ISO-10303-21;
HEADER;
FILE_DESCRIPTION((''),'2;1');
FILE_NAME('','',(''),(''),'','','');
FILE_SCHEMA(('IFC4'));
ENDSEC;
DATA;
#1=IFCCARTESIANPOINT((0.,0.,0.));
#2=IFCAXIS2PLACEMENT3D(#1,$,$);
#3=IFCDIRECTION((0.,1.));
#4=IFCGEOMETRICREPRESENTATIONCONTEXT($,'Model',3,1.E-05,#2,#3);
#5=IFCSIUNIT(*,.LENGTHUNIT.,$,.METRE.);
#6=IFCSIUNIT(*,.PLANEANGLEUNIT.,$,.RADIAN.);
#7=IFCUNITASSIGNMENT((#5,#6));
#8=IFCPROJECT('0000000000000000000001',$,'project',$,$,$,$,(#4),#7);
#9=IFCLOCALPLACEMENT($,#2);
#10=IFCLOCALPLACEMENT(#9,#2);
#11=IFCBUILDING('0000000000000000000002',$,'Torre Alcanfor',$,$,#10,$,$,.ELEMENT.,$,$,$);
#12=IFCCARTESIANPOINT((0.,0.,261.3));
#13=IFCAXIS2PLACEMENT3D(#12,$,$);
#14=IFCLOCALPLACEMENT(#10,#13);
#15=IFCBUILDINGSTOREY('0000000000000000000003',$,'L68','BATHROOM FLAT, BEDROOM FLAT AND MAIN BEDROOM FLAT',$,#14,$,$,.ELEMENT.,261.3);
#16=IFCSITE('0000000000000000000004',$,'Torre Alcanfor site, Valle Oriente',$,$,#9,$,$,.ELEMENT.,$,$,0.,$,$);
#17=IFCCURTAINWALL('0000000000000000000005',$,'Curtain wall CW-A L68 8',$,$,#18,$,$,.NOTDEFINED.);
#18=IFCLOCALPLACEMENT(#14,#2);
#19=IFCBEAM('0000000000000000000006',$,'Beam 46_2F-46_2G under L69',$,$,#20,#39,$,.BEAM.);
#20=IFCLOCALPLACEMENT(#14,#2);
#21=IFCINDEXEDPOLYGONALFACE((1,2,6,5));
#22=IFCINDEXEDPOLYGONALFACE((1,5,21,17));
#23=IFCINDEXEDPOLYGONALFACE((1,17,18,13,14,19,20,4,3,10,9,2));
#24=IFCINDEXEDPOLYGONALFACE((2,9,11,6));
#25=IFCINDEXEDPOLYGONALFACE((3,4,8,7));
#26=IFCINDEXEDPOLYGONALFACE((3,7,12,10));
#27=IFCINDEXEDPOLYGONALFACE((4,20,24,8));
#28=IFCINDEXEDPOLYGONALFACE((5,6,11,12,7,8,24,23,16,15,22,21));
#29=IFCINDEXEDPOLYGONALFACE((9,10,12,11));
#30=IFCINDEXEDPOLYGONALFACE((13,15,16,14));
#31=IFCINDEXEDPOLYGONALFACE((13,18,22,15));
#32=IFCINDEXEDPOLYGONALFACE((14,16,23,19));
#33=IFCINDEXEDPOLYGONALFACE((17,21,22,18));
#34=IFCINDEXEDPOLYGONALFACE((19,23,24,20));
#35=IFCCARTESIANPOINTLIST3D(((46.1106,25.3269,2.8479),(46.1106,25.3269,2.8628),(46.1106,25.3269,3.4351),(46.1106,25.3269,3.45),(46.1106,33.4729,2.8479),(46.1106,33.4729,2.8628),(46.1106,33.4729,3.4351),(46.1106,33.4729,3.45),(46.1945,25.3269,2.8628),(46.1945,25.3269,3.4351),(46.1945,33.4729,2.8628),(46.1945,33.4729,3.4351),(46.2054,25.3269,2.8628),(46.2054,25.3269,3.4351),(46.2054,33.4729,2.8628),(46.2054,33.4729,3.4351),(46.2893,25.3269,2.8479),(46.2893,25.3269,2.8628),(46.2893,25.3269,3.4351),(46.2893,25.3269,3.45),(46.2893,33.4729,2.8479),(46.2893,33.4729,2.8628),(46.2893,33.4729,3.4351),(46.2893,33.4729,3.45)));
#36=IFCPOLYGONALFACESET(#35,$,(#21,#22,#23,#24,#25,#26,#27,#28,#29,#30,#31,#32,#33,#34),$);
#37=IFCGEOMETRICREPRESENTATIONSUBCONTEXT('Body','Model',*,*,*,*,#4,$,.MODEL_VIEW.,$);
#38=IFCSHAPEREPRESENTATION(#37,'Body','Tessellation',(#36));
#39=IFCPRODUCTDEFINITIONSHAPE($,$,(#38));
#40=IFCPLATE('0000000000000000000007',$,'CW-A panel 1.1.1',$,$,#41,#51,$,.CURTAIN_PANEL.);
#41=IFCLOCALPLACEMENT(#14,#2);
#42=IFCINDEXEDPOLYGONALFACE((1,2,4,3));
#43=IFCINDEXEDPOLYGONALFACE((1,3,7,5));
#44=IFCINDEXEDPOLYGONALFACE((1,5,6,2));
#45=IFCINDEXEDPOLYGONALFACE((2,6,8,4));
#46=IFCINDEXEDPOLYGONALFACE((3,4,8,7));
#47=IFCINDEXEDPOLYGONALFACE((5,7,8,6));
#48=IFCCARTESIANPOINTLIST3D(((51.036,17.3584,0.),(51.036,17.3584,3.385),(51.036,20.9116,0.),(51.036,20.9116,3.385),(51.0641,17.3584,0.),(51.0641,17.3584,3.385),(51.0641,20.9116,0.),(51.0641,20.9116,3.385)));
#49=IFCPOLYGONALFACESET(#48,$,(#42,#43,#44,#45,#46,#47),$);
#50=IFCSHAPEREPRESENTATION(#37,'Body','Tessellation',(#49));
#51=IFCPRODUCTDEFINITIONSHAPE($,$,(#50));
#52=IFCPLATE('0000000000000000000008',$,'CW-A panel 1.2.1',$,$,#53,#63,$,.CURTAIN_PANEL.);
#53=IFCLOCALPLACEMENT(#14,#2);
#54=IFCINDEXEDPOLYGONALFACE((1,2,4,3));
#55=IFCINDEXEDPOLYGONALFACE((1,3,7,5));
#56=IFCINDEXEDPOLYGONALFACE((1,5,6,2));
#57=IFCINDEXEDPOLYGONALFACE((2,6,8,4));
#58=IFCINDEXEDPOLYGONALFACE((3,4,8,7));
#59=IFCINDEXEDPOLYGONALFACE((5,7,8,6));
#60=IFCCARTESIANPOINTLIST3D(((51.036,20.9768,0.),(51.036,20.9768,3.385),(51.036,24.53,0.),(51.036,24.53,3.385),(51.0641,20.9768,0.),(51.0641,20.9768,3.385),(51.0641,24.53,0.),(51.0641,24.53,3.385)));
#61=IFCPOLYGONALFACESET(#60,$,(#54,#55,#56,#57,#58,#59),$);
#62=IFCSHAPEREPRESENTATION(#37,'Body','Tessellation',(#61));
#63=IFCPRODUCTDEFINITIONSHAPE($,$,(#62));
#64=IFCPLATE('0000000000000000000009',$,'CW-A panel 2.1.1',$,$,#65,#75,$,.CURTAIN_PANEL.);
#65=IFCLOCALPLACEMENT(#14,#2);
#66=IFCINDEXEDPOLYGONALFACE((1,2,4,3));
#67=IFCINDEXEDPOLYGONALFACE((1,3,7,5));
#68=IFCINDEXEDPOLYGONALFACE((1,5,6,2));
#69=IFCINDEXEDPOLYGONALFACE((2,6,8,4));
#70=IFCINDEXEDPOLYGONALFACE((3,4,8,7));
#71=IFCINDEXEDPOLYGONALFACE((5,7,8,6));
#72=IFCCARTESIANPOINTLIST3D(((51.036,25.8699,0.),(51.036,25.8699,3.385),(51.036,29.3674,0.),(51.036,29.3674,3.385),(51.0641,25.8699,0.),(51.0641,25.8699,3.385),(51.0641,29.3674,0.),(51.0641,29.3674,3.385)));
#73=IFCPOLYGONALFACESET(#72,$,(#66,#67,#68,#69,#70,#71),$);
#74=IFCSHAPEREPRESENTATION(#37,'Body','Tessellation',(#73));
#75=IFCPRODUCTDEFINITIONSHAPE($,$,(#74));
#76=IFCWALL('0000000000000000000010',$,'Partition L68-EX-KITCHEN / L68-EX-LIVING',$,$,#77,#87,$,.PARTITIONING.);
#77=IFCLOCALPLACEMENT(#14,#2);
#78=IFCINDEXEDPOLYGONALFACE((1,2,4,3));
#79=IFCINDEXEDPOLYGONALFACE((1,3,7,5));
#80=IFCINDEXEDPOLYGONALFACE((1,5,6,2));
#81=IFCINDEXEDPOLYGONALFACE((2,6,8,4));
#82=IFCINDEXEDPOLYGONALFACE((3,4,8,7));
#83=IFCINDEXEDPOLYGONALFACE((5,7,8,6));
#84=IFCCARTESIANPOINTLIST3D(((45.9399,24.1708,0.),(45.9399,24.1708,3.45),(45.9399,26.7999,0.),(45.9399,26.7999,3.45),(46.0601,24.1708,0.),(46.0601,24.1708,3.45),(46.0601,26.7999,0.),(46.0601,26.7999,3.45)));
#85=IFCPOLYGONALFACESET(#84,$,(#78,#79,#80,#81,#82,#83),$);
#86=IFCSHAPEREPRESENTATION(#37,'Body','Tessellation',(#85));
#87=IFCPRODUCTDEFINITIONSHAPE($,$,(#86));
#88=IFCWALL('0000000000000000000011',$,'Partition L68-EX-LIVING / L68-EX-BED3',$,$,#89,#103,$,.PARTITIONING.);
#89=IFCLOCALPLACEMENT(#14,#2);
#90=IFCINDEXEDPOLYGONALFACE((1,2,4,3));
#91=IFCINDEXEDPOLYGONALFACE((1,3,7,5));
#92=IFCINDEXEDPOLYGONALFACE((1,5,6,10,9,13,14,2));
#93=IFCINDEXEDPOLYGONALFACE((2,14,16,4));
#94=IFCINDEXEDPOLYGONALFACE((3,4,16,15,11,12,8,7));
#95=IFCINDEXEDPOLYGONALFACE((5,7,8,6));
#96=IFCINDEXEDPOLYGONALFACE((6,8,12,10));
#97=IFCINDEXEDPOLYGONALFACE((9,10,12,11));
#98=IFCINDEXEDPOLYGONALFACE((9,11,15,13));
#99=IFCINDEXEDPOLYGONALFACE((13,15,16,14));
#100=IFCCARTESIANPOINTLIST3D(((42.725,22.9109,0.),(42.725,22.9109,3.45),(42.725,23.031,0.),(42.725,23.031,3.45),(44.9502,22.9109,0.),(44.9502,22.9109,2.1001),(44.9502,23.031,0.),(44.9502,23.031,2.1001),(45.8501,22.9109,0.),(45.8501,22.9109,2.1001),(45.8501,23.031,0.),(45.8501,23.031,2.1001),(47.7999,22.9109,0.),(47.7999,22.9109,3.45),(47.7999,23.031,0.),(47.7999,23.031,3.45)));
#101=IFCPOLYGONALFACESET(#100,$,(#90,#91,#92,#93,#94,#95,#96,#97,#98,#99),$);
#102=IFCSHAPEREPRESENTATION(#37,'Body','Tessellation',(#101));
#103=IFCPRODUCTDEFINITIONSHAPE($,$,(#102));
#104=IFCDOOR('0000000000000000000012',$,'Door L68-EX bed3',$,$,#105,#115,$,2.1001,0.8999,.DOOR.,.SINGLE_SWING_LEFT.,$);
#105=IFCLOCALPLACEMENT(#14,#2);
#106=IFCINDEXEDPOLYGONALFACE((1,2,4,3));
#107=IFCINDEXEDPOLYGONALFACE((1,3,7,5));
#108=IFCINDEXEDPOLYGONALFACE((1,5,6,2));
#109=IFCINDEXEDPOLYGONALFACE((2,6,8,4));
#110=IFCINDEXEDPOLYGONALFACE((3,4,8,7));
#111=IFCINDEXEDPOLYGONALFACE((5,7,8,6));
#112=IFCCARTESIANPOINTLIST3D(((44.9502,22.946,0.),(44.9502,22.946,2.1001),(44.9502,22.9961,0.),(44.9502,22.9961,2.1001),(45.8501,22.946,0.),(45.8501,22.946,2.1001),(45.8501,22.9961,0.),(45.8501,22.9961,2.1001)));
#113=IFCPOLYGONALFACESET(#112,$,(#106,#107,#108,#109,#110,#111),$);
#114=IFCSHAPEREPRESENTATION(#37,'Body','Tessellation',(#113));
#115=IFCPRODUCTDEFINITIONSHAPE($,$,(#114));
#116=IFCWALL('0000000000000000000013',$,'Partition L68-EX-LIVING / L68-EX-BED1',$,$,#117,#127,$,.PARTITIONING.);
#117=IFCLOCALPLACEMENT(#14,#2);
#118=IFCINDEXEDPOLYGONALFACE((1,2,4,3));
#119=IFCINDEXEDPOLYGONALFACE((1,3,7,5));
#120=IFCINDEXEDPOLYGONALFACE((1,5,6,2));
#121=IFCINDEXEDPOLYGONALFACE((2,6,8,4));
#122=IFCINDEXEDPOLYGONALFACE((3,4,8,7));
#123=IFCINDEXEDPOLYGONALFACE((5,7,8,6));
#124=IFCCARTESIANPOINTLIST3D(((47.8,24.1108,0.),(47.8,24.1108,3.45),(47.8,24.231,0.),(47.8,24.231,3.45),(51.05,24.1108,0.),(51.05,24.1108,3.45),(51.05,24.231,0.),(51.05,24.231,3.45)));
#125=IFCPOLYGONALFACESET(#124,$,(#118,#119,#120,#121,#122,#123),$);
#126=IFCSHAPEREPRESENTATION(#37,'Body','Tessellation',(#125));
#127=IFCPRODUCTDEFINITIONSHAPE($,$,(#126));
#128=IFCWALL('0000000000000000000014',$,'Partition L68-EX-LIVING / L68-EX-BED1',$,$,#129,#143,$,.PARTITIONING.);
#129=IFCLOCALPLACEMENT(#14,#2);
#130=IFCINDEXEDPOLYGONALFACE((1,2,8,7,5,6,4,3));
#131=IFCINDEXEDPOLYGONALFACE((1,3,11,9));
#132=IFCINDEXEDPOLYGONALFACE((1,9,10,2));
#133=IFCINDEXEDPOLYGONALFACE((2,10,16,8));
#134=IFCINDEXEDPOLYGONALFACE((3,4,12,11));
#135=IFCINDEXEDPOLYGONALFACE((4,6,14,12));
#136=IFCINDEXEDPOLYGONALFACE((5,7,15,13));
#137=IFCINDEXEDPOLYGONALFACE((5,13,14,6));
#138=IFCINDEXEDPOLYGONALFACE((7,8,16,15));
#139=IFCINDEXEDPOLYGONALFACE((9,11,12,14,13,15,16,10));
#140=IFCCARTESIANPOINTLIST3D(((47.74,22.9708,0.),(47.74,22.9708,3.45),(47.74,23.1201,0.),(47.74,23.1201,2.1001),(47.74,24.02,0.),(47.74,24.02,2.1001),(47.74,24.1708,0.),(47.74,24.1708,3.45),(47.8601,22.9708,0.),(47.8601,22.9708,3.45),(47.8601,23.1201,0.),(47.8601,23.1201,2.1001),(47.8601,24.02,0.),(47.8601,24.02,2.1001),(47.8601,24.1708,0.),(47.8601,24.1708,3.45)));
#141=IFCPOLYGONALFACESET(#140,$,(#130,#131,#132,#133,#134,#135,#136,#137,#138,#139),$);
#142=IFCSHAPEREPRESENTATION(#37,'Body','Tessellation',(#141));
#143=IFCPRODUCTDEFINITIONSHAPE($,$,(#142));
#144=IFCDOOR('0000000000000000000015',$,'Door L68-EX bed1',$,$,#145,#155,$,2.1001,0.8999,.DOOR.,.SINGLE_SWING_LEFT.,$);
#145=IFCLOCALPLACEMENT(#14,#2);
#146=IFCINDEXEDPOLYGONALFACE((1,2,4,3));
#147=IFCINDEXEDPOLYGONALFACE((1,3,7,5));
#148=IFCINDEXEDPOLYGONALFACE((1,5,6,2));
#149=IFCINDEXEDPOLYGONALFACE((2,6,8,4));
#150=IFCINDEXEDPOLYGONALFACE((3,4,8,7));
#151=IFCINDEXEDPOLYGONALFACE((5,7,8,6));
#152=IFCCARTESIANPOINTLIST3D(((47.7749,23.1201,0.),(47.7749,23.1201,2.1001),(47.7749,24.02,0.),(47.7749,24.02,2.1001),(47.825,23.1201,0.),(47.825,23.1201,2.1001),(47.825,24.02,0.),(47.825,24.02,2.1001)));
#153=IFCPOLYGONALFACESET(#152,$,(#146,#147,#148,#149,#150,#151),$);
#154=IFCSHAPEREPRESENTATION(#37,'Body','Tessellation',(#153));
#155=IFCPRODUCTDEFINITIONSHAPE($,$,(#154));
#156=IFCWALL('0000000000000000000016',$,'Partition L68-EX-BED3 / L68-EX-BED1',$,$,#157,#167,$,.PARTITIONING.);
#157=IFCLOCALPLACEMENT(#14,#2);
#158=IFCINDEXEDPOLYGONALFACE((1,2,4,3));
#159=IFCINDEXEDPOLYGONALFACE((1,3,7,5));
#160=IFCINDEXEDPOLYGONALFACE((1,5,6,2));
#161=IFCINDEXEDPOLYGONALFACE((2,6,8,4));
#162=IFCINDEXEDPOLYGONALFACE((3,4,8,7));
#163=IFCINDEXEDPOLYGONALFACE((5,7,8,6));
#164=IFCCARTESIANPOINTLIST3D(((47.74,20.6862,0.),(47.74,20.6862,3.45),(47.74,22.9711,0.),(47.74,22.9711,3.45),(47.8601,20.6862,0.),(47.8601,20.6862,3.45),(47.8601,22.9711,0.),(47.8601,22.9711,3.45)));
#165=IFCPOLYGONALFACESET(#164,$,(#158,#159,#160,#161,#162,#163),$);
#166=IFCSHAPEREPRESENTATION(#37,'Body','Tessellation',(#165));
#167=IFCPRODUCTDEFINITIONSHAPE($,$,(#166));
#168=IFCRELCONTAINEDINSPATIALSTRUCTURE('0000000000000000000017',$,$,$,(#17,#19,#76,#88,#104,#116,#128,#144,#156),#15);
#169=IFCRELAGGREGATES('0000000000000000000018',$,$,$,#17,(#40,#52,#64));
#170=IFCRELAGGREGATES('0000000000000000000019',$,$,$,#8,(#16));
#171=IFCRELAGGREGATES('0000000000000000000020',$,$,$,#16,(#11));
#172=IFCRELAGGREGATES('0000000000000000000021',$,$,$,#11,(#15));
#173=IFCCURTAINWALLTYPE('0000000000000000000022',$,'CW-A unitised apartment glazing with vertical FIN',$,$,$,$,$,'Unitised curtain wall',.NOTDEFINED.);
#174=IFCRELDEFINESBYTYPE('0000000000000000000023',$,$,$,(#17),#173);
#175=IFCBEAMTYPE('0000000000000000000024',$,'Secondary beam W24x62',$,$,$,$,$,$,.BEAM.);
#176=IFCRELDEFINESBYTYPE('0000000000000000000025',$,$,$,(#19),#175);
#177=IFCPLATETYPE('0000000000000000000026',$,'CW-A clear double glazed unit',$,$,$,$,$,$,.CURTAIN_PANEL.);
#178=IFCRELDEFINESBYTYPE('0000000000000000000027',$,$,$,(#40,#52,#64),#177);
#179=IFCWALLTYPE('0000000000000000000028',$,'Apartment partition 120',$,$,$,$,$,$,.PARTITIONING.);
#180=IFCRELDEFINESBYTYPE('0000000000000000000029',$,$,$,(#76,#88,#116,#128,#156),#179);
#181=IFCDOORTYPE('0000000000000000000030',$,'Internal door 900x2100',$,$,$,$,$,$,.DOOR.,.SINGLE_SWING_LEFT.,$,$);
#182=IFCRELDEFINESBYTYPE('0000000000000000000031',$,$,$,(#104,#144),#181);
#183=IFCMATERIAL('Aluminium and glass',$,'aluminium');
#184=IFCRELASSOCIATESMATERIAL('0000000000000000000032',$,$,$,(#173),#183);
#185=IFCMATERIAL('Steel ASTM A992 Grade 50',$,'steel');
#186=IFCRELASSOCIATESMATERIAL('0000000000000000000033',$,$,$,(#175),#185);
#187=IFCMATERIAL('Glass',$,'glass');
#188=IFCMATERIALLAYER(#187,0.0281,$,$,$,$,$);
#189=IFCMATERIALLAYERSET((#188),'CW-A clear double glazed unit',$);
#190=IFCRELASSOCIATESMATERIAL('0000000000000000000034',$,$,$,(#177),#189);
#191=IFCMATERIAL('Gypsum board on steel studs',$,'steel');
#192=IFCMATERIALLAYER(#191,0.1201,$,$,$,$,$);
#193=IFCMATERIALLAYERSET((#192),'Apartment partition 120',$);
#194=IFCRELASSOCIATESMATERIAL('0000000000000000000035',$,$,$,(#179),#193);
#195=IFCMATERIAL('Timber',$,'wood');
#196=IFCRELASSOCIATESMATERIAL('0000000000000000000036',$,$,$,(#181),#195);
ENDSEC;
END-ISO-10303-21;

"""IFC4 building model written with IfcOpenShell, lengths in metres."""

from ifc_helpers import new_model, si_unit, direction, frame, frame_2d, origin, origin_2d, place, context, subcontext, project, spatial, rectangle, i_section, extrude, material, layer, layer_set, material_profile, profile_set, type_object, element, fill, aggregate, save


model = new_model("IFC4")

# Units and contexts
model_context = context("Model", 3, precision=1e-05, world=origin(), true_north=direction((0.0, 1.0)))
body_context = subcontext(model_context, "Body", "Model", "MODEL_VIEW")
ifc_project = project(units=[si_unit("LENGTHUNIT", "METRE"), si_unit("PLANEANGLEUNIT", "RADIAN")], contexts=[model_context])

# Site, building, storey
site_placement = place(None, origin())
site = spatial("IfcSite", under=ifc_project, at=site_placement, Name="Torre Alcanfor site, Valle Oriente", CompositionType="ELEMENT", RefElevation=0.0)
building_placement = place(site_placement, origin())
building = spatial("IfcBuilding", under=site, at=building_placement, Name="Torre Alcanfor", CompositionType="ELEMENT")
storey_placement = place(building_placement, frame((0.0, 0.0, 261.3)))
storey = spatial("IfcBuildingStorey", under=building, at=storey_placement, Name="L68", Description="BATHROOM FLAT, BEDROOM FLAT AND MAIN BEDROOM FLAT", CompositionType="ELEMENT", Elevation=261.3)

# Curtain wall
ifc_material_1 = material(Name="Aluminium and glass", Category="aluminium")
curtain_wall_type = type_object("IfcCurtainWallType", Name="CW-A unitised apartment glazing with vertical FIN", ElementType="Unitised curtain wall", PredefinedType="NOTDEFINED", material=ifc_material_1)
curtain_wall_placement = place(storey_placement, origin())
curtain_wall = element("IfcCurtainWall", 1, at=curtain_wall_placement, inside=storey, type_object=curtain_wall_type, Name="Curtain wall CW-A L68 8", PredefinedType="NOTDEFINED")

# Beam
ifc_material_2 = material(Name="Steel ASTM A992 Grade 50", Category="steel")
ifc_material_profile_1 = material_profile(ifc_material_2, i_section(OverallWidth=0.1787, OverallDepth=0.6021, WebThickness=0.011, FlangeThickness=0.0149, at=origin_2d()), Name="W24x62")
ifc_profile_set_1 = profile_set([ifc_material_profile_1], Name="Steel ASTM A992 Grade 50")
beam_type_1 = type_object("IfcBeamType", Name="Secondary beam W24x62", PredefinedType="BEAM", material=ifc_profile_set_1)
beam_1_placement = place(storey_placement, frame((46.2, 25.3269, 3.1489), z_axis=(0.0, 1.0, 0.0), x_axis=(-1.0, 0.0, 0.0)))
element("IfcBeam", 2, at=beam_1_placement, inside=storey, type_object=beam_type_1, Name="Beam 46_2F-46_2G under L69", PredefinedType="BEAM", context=body_context, shape_type="SweptSolid", body=[
    extrude(i_section(OverallWidth=0.1787, OverallDepth=0.6021, WebThickness=0.011, FlangeThickness=0.0149, at=origin_2d()), origin(), (0.0, 0.0, 1.0), 8.146),
])

# Plates
ifc_material_3 = material(Name="Glass", Category="glass")
ifc_layer_1 = layer(ifc_material_3, 0.0281)
ifc_layer_set_1 = layer_set([ifc_layer_1], Name="CW-A clear double glazed unit")
plate_type = type_object("IfcPlateType", Name="CW-A clear double glazed unit", PredefinedType="CURTAIN_PANEL", material=ifc_layer_set_1)
plate_1_placement = place(storey_placement, frame((51.05, 19.135, 0.0), z_axis=(0.0, 0.0, 1.0), x_axis=(0.0, 1.0, 0.0)))
plate_1 = element("IfcPlate", 3, at=plate_1_placement, type_object=plate_type, Name="CW-A panel 1.1.1", PredefinedType="CURTAIN_PANEL", context=body_context, shape_type="SweptSolid", body=[
    extrude(rectangle(XDim=3.5532, YDim=0.0281, at=origin_2d()), origin(), (0.0, 0.0, 1.0), 3.385),
])
plate_2_placement = place(storey_placement, frame((51.05, 22.7534, 0.0), z_axis=(0.0, 0.0, 1.0), x_axis=(0.0, 1.0, 0.0)))
plate_2 = element("IfcPlate", 4, at=plate_2_placement, type_object=plate_type, Name="CW-A panel 1.2.1", PredefinedType="CURTAIN_PANEL", context=body_context, shape_type="SweptSolid", body=[
    extrude(rectangle(XDim=3.5532, YDim=0.0281, at=origin_2d()), origin(), (0.0, 0.0, 1.0), 3.385),
])
plate_3_placement = place(storey_placement, frame((51.05, 27.6187, 0.0), z_axis=(0.0, 0.0, 1.0), x_axis=(0.0, 1.0, 0.0)))
plate_3 = element("IfcPlate", 5, at=plate_3_placement, type_object=plate_type, Name="CW-A panel 2.1.1", PredefinedType="CURTAIN_PANEL", context=body_context, shape_type="SweptSolid", body=[
    extrude(rectangle(XDim=3.4976, YDim=0.0281, at=origin_2d()), origin(), (0.0, 0.0, 1.0), 3.385),
])
aggregate(curtain_wall, [plate_1, plate_2, plate_3])

# Wall
ifc_material_4 = material(Name="Gypsum board on steel studs", Category="steel")
ifc_layer_2 = layer(ifc_material_4, 0.1201)
ifc_layer_set_2 = layer_set([ifc_layer_2], Name="Apartment partition 120")
wall_type_1 = type_object("IfcWallType", Name="Apartment partition 120", PredefinedType="PARTITIONING", material=ifc_layer_set_2)
wall_1_placement = place(storey_placement, frame((46.0, 24.1709, 0.0), z_axis=(0.0, 0.0, 1.0), x_axis=(0.0, 1.0, 0.0)))
element("IfcWall", 6, at=wall_1_placement, inside=storey, type_object=wall_type_1, Name="Partition L68-EX-KITCHEN / L68-EX-LIVING", PredefinedType="PARTITIONING", context=body_context, shape_type="SweptSolid", body=[
    extrude(rectangle(XDim=2.6292, YDim=0.1201, at=frame_2d((1.3145, 0.0))), origin(), (0.0, 0.0, 1.0), 3.45),
])

# Wall, opening, door
wall_2_placement = place(storey_placement, frame((47.8, 22.9709, 0.0), z_axis=(0.0, 0.0, 1.0), x_axis=(-1.0, 0.0, 0.0)))
wall_2 = element("IfcWall", 7, at=wall_2_placement, inside=storey, type_object=wall_type_1, Name="Partition L68-EX-LIVING / L68-EX-BED3", PredefinedType="PARTITIONING", context=body_context, shape_type="SweptSolid", body=[
    extrude(rectangle(XDim=5.075, YDim=0.1201, at=frame_2d((2.5376, 0.0))), origin(), (0.0, 0.0, 1.0), 3.45),
])
opening_1_placement = place(wall_2_placement, frame((1.95, 0.0, 0.0)))
opening_1 = element("IfcOpeningElement", 8, at=opening_1_placement, cuts=wall_2, PredefinedType="OPENING", context=body_context, shape_type="SweptSolid", body=[
    extrude(rectangle(XDim=0.8999, YDim=2.1001, at=frame_2d((0.45, 1.05))), frame((0.0, 0.0701, 0.0), z_axis=(0.0, -1.0, 0.0), x_axis=(1.0, 0.0, 0.0)), (0.0, 0.0, 1.0), 0.1401),
])
ifc_material_5 = material(Name="Timber", Category="wood")
door_type_1 = type_object("IfcDoorType", Name="Internal door 900x2100", OperationType="SINGLE_SWING_LEFT", PredefinedType="DOOR", material=ifc_material_5)
door_1_placement = place(opening_1_placement, origin())
door_1 = element("IfcDoor", 9, at=door_1_placement, inside=storey, type_object=door_type_1, Name="Door L68-EX bed3", OperationType="SINGLE_SWING_LEFT", OverallHeight=2.1001, OverallWidth=0.8999, PredefinedType="DOOR", context=body_context, shape_type="SweptSolid", body=[
    extrude(rectangle(XDim=0.8999, YDim=2.1001, at=frame_2d((0.45, 1.05))), frame((0.0, 0.0249, 0.0), z_axis=(0.0, -1.0, 0.0), x_axis=(1.0, 0.0, 0.0)), (0.0, 0.0, 1.0), 0.05),
])
fill(opening_1, door_1)

# Wall
wall_3_placement = place(storey_placement, frame((51.05, 24.1709, 0.0), z_axis=(0.0, 0.0, 1.0), x_axis=(-1.0, 0.0, 0.0)))
element("IfcWall", 10, at=wall_3_placement, inside=storey, type_object=wall_type_1, Name="Partition L68-EX-LIVING / L68-EX-BED1", PredefinedType="PARTITIONING", context=body_context, shape_type="SweptSolid", body=[
    extrude(rectangle(XDim=3.25, YDim=0.1201, at=frame_2d((1.625, 0.0))), origin(), (0.0, 0.0, 1.0), 3.45),
])

# Wall, opening, door
wall_4_placement = place(storey_placement, frame((47.8, 24.1709, 0.0), z_axis=(0.0, 0.0, 1.0), x_axis=(0.0, -1.0, 0.0)))
wall_4 = element("IfcWall", 11, at=wall_4_placement, inside=storey, type_object=wall_type_1, Name="Partition L68-EX-LIVING / L68-EX-BED1", PredefinedType="PARTITIONING", context=body_context, shape_type="SweptSolid", body=[
    extrude(rectangle(XDim=1.2, YDim=0.1201, at=frame_2d((0.6001, 0.0))), origin(), (0.0, 0.0, 1.0), 3.45),
])
opening_2_placement = place(wall_4_placement, frame((0.1509, 0.0, 0.0)))
opening_2 = element("IfcOpeningElement", 12, at=opening_2_placement, cuts=wall_4, PredefinedType="OPENING", context=body_context, shape_type="SweptSolid", body=[
    extrude(rectangle(XDim=0.8999, YDim=2.1001, at=frame_2d((0.45, 1.05))), frame((0.0, 0.0701, 0.0), z_axis=(0.0, -1.0, 0.0), x_axis=(1.0, 0.0, 0.0)), (0.0, 0.0, 1.0), 0.1401),
])
door_2_placement = place(opening_2_placement, origin())
door_2 = element("IfcDoor", 13, at=door_2_placement, inside=storey, type_object=door_type_1, Name="Door L68-EX bed1", OperationType="SINGLE_SWING_LEFT", OverallHeight=2.1001, OverallWidth=0.8999, PredefinedType="DOOR", context=body_context, shape_type="SweptSolid", body=[
    extrude(rectangle(XDim=0.8999, YDim=2.1001, at=frame_2d((0.45, 1.05))), frame((0.0, 0.0249, 0.0), z_axis=(0.0, -1.0, 0.0), x_axis=(1.0, 0.0, 0.0)), (0.0, 0.0, 1.0), 0.05),
])
fill(opening_2, door_2)

# Wall
wall_5_placement = place(storey_placement, frame((47.8, 20.686, 0.0), z_axis=(0.0, 0.0, 1.0), x_axis=(0.0, 1.0, 0.0)))
element("IfcWall", 14, at=wall_5_placement, inside=storey, type_object=wall_type_1, Name="Partition L68-EX-BED3 / L68-EX-BED1", PredefinedType="PARTITIONING", context=body_context, shape_type="SweptSolid", body=[
    extrude(rectangle(XDim=2.2849, YDim=0.1201, at=frame_2d((1.1426, 0.0))), origin(), (0.0, 0.0, 1.0), 3.45),
])

save(model, "model.ifc")
